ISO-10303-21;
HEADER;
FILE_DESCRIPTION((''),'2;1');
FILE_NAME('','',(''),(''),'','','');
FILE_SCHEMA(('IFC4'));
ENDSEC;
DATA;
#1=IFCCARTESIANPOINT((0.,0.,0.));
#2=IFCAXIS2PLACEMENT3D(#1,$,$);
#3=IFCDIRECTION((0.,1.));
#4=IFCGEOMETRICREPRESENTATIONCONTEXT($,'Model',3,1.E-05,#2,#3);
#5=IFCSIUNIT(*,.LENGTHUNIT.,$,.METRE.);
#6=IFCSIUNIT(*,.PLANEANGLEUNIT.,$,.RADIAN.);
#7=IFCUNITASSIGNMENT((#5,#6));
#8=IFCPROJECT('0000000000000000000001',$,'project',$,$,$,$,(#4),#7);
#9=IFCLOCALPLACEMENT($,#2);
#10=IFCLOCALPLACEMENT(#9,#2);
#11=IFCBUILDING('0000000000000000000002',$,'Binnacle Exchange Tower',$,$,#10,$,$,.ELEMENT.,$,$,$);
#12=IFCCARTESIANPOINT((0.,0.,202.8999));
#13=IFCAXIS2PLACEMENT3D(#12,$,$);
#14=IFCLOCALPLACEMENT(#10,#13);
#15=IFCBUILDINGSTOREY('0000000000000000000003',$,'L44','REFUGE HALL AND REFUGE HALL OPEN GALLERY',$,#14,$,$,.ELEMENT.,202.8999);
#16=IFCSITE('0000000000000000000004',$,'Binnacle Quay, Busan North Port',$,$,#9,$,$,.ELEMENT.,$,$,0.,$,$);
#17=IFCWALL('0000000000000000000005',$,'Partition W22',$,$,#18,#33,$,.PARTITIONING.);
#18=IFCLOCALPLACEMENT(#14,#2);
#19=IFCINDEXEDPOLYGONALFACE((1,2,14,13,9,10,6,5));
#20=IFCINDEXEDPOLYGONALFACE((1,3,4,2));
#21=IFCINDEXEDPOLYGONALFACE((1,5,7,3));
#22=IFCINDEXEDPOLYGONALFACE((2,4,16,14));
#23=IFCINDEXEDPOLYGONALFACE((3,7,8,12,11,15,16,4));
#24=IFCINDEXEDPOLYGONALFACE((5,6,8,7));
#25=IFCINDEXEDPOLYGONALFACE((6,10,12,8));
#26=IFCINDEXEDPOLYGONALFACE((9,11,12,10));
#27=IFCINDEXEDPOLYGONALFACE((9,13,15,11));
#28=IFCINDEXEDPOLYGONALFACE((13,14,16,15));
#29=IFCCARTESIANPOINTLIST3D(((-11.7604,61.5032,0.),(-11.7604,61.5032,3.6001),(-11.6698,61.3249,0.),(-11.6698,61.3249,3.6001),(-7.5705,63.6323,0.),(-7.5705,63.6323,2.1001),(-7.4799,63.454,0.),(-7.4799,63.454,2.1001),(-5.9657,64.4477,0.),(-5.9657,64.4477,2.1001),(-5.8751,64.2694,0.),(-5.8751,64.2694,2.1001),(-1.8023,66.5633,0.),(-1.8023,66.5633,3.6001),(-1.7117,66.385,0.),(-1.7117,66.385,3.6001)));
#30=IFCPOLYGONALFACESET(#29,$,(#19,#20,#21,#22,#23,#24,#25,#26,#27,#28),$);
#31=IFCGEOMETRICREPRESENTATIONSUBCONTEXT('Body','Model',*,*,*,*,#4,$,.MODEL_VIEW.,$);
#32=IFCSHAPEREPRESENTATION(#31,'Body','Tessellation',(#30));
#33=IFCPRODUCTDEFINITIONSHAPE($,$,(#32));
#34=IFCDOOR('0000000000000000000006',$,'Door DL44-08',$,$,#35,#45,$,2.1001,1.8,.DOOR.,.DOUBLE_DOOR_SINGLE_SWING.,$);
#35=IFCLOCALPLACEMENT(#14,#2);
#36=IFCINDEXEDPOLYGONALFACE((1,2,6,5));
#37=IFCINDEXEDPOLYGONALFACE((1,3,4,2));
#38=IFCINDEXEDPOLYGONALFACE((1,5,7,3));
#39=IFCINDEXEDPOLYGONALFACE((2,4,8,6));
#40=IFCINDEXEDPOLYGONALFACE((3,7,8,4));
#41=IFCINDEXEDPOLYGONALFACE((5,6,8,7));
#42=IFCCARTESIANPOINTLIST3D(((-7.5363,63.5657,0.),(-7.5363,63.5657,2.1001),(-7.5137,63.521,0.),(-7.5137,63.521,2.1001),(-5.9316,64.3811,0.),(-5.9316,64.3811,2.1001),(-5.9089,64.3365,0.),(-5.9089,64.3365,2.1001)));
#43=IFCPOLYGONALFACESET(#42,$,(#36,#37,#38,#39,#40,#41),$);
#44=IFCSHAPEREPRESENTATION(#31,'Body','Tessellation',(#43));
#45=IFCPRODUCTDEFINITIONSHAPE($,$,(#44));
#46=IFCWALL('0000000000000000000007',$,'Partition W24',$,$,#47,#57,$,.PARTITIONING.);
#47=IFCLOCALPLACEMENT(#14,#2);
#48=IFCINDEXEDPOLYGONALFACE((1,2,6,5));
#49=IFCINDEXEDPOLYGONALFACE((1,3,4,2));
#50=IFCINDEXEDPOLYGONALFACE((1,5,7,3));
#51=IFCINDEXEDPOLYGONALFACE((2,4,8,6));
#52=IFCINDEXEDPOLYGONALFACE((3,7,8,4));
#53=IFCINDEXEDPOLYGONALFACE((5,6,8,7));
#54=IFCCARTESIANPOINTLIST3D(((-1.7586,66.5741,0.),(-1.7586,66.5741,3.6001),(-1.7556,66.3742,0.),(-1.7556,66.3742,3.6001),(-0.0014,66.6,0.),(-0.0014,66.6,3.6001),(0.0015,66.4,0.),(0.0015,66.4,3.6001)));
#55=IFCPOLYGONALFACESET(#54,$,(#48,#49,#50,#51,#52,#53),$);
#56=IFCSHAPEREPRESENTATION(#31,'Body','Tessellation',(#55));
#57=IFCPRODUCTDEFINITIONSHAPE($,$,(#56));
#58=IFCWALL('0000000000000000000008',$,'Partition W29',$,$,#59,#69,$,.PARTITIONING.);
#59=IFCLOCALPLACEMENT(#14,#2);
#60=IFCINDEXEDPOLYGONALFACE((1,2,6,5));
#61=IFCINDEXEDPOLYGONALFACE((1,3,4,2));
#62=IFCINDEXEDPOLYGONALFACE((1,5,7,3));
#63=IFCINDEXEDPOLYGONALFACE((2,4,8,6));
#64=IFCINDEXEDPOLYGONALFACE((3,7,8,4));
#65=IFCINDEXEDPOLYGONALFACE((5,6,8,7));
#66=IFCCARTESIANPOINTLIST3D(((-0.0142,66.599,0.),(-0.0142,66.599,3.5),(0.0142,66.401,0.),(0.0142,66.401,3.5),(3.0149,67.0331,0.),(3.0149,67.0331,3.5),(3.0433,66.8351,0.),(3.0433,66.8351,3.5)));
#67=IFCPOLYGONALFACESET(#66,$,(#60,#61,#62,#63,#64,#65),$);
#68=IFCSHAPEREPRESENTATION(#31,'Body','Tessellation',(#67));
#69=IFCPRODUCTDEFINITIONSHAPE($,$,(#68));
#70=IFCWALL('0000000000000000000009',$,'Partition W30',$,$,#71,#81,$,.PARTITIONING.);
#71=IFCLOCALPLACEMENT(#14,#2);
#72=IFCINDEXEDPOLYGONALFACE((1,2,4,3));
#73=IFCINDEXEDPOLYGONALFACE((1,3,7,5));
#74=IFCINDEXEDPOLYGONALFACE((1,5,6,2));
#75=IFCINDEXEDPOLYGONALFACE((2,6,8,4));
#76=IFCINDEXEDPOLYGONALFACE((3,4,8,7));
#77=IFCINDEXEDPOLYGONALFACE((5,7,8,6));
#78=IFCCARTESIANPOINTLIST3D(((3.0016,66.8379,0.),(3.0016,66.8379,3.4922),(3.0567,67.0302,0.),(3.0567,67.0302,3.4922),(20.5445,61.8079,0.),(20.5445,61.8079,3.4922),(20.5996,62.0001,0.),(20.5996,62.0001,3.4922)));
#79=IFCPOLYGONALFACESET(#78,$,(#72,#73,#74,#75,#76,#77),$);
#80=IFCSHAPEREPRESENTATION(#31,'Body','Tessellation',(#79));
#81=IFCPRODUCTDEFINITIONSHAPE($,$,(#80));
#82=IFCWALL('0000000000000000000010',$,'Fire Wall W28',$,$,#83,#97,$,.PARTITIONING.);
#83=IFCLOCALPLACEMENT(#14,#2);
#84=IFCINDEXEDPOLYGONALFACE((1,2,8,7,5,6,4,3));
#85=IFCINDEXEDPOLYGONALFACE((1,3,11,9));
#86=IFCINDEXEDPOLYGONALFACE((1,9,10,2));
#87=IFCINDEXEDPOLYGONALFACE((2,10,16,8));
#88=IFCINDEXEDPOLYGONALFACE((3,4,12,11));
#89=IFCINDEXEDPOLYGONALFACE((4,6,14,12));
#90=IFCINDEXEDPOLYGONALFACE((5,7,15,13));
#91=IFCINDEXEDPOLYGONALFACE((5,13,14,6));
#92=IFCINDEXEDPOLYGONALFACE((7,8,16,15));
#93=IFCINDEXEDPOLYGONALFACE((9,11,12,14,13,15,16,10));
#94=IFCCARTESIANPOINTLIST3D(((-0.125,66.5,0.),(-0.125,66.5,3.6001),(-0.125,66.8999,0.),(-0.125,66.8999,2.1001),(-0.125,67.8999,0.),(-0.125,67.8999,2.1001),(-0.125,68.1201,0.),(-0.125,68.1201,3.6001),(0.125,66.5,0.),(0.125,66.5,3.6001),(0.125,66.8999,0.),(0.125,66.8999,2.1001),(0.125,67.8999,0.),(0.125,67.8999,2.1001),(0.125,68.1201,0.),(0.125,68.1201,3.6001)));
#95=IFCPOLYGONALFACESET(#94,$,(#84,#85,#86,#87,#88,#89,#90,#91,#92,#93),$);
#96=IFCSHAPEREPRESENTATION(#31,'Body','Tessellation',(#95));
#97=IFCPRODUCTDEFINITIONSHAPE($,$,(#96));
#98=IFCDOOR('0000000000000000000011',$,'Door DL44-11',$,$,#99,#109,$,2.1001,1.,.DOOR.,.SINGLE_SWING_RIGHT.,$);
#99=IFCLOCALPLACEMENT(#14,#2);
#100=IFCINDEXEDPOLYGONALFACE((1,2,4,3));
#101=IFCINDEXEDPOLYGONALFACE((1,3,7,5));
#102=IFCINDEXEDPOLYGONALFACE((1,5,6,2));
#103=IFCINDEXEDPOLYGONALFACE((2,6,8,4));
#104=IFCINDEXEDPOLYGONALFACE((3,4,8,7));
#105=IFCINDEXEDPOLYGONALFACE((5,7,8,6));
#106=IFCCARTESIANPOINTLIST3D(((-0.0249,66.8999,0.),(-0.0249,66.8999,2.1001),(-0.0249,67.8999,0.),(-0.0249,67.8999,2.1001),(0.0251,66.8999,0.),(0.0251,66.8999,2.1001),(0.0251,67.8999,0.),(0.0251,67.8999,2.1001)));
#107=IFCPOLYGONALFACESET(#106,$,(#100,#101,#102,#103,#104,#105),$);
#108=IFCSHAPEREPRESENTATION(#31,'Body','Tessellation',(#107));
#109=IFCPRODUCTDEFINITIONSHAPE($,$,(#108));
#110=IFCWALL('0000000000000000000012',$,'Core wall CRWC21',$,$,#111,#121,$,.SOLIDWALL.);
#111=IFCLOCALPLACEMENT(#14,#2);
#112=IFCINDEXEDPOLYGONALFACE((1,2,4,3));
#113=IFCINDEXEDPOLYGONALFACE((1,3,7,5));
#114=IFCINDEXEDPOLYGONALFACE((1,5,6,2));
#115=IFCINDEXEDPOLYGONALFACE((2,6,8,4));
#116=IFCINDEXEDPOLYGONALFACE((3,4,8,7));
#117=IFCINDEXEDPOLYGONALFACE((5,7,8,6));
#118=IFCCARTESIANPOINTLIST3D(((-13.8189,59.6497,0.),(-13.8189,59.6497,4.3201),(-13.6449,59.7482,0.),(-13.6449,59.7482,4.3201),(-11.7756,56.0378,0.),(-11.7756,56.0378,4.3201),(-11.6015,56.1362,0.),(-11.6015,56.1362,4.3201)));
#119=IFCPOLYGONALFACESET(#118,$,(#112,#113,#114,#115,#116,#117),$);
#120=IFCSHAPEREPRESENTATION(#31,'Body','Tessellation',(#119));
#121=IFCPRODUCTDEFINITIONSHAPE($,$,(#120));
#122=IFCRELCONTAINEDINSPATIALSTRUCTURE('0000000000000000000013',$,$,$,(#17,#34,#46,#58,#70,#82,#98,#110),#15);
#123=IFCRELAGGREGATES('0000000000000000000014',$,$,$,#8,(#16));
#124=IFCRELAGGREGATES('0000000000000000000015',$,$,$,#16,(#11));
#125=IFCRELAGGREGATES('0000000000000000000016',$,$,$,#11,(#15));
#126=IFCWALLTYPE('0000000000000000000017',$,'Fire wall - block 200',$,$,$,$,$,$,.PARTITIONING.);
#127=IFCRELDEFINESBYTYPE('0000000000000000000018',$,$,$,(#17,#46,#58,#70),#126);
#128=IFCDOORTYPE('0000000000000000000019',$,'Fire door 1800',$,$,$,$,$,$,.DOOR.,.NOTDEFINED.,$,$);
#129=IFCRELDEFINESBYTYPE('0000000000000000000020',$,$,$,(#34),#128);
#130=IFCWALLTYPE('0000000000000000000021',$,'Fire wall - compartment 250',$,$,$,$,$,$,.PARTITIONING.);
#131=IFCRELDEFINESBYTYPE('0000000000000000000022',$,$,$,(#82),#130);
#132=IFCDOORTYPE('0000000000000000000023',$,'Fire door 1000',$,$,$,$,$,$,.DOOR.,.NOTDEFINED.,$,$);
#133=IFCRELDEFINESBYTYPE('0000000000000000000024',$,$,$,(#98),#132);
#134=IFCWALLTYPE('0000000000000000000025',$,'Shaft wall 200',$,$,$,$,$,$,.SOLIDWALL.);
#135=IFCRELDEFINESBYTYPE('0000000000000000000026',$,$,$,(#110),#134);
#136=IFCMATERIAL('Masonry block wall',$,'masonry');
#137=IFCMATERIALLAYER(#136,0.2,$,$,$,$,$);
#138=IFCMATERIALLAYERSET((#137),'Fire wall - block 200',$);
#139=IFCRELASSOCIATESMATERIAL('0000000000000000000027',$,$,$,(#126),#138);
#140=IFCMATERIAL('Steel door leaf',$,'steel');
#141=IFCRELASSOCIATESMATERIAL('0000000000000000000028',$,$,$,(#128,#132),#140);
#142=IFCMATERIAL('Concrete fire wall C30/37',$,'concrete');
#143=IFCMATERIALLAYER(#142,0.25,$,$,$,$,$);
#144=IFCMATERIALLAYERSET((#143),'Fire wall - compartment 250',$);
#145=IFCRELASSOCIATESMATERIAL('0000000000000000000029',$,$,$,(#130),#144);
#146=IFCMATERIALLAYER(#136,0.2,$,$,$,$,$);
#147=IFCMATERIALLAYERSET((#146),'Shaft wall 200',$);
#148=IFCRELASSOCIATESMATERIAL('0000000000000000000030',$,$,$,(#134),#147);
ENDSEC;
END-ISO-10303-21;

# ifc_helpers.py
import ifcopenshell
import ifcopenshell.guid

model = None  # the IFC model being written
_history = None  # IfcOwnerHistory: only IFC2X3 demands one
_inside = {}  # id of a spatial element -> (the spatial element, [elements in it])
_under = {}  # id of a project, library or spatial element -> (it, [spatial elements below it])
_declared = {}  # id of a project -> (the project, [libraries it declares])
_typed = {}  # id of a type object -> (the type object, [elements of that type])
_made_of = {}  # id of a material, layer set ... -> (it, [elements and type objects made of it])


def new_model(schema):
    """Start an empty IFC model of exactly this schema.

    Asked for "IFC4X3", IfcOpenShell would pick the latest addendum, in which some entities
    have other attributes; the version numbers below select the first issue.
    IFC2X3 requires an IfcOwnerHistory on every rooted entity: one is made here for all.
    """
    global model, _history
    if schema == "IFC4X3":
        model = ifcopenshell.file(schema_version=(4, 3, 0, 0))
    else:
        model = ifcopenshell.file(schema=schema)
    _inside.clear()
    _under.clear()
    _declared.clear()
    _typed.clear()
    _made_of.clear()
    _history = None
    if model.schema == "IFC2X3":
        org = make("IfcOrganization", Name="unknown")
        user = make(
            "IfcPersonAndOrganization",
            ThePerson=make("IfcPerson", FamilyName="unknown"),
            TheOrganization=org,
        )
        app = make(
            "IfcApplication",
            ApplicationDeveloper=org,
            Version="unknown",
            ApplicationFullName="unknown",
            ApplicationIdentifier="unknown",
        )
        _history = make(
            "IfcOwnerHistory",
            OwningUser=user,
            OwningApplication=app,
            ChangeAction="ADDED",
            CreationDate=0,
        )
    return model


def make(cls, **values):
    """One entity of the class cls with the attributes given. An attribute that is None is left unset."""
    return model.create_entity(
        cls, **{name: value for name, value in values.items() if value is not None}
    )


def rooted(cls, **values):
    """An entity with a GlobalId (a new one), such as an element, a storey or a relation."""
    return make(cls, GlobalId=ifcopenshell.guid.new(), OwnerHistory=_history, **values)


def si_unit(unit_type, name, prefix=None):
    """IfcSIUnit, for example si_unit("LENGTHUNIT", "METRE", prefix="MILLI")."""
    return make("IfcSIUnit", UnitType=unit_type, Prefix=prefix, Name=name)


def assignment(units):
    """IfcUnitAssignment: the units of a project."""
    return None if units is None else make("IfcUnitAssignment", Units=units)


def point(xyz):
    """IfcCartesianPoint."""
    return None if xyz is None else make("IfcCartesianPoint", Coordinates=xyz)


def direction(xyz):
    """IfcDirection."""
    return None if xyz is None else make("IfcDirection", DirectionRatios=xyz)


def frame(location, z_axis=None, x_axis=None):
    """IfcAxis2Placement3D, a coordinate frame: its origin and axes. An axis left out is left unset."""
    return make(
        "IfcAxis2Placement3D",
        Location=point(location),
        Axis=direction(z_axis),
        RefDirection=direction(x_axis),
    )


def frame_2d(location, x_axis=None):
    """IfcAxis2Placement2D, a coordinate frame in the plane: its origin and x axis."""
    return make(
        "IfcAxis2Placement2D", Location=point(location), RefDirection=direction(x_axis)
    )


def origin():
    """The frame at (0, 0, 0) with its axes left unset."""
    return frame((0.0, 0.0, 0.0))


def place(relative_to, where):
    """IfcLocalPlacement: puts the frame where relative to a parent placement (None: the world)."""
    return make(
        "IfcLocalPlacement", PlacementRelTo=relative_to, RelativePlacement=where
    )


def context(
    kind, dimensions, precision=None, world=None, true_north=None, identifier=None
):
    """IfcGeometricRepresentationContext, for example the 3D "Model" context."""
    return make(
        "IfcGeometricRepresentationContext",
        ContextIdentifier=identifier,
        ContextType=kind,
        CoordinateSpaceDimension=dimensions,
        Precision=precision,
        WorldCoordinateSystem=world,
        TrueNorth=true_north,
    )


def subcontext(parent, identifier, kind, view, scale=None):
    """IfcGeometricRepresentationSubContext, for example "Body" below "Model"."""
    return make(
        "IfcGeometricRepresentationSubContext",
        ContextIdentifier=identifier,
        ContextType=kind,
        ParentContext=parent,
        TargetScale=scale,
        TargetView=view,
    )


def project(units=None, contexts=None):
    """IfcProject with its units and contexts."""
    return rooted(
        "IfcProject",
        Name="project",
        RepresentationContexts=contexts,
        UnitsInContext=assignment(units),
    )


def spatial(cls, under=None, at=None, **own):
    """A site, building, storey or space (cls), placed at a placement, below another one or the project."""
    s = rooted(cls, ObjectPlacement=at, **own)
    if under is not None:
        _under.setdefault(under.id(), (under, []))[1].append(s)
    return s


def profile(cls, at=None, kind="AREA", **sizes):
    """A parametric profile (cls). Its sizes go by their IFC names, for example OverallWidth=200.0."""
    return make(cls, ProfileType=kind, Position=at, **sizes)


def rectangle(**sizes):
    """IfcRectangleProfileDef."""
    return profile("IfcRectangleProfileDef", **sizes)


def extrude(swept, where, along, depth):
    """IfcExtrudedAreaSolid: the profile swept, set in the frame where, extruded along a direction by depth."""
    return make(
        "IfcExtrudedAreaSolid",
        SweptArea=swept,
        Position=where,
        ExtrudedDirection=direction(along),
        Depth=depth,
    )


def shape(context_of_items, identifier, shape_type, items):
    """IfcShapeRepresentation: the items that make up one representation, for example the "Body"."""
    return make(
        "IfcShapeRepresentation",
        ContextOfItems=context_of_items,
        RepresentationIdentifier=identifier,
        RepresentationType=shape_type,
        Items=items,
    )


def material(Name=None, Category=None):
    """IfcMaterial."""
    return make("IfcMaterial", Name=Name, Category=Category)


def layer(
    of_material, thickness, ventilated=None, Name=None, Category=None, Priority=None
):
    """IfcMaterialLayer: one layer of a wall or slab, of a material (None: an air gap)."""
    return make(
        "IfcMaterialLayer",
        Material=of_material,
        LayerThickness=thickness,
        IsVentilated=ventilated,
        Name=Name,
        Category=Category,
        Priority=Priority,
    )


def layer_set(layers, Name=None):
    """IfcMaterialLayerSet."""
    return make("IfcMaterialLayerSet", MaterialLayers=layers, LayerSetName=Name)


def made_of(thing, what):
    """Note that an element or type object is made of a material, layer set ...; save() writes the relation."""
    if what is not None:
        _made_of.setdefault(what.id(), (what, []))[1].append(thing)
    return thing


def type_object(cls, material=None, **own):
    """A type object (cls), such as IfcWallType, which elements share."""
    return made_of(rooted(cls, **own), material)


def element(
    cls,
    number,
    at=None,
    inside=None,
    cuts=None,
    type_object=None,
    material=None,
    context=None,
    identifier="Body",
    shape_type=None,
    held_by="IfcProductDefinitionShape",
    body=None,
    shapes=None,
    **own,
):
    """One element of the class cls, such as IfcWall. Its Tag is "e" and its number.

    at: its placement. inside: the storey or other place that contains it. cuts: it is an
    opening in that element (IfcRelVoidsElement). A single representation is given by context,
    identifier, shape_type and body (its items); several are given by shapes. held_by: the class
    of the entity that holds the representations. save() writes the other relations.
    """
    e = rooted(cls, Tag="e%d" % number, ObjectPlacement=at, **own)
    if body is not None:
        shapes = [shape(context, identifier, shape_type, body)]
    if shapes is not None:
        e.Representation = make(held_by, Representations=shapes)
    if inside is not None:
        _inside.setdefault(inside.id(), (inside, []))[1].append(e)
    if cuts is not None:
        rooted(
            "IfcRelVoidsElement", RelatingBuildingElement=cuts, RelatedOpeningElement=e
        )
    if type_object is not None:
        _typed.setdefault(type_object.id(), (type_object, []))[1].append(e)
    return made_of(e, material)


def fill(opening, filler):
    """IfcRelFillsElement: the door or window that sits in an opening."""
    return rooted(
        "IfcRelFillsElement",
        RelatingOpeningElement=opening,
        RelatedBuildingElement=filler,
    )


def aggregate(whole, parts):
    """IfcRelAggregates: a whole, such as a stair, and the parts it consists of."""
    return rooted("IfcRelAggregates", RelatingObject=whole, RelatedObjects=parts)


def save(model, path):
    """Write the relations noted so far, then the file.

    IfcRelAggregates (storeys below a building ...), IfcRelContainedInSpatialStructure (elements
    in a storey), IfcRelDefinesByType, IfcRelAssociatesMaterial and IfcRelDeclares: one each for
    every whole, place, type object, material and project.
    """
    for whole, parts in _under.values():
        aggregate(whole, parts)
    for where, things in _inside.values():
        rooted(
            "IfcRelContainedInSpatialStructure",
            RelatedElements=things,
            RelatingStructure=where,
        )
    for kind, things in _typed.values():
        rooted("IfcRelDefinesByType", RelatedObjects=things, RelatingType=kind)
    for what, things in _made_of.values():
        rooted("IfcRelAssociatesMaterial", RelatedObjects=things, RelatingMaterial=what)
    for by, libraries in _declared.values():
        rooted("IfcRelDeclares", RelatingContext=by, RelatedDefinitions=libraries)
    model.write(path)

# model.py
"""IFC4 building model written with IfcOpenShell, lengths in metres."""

from ifc_helpers import new_model, si_unit, direction, frame, frame_2d, origin, place, context, subcontext, project, spatial, rectangle, extrude, material, layer, layer_set, type_object, element, fill, save


model = new_model("IFC4")

# Units and contexts
model_context = context("Model", 3, precision=1e-05, world=origin(), true_north=direction((0.0, 1.0)))
body_context = subcontext(model_context, "Body", "Model", "MODEL_VIEW")
ifc_project = project(units=[si_unit("LENGTHUNIT", "METRE"), si_unit("PLANEANGLEUNIT", "RADIAN")], contexts=[model_context])

# Site, building, storey
site_placement = place(None, origin())
site = spatial("IfcSite", under=ifc_project, at=site_placement, Name="Binnacle Quay, Busan North Port", CompositionType="ELEMENT", RefElevation=0.0)
building_placement = place(site_placement, origin())
building = spatial("IfcBuilding", under=site, at=building_placement, Name="Binnacle Exchange Tower", CompositionType="ELEMENT")
storey_placement = place(building_placement, frame((0.0, 0.0, 202.8999)))
storey = spatial("IfcBuildingStorey", under=building, at=storey_placement, Name="L44", Description="REFUGE HALL AND REFUGE HALL OPEN GALLERY", CompositionType="ELEMENT", Elevation=202.8999)

# Wall, opening, door
ifc_material_1 = material(Name="Masonry block wall", Category="masonry")
ifc_layer_1 = layer(ifc_material_1, 0.2)
ifc_layer_set_1 = layer_set([ifc_layer_1], Name="Fire wall - block 200")
wall_type_1 = type_object("IfcWallType", Name="Fire wall - block 200", PredefinedType="PARTITIONING", material=ifc_layer_set_1)
wall_1_placement = place(storey_placement, frame((-11.7151, 61.4141, 0.0), z_axis=(0.0, 0.0, 1.0), x_axis=(0.891506, 0.453009, 0.0)))
wall_1 = element("IfcWall", 1, at=wall_1_placement, inside=storey, type_object=wall_type_1, Name="Partition W22", PredefinedType="PARTITIONING", context=body_context, shape_type="SweptSolid", body=[
    extrude(rectangle(XDim=11.1699, YDim=0.2, at=frame_2d((5.585, 0.0))), origin(), (0.0, 0.0, 1.0), 3.6001),
])
opening_1_placement = place(wall_1_placement, frame((4.7, 0.0, 0.0)))
opening_1 = element("IfcOpeningElement", 2, at=opening_1_placement, cuts=wall_1, PredefinedType="OPENING", context=body_context, shape_type="SweptSolid", body=[
    extrude(rectangle(XDim=1.8, YDim=2.1001, at=frame_2d((0.8999, 1.05))), frame((0.0, 0.1099, 0.0), z_axis=(0.0, -1.0, 0.0), x_axis=(1.0, 0.0, 0.0)), (0.0, 0.0, 1.0), 0.22),
])
ifc_material_2 = material(Name="Steel door leaf", Category="steel")
door_type_1 = type_object("IfcDoorType", Name="Fire door 1800", OperationType="NOTDEFINED", PredefinedType="DOOR", material=ifc_material_2)
door_1_placement = place(opening_1_placement, frame((1.8, 0.0, 0.0), z_axis=(0.0, 0.0, 1.0), x_axis=(-1.0, 0.0, 0.0)))
door_1 = element("IfcDoor", 3, at=door_1_placement, inside=storey, type_object=door_type_1, Name="Door DL44-08", OperationType="DOUBLE_DOOR_SINGLE_SWING", OverallHeight=2.1001, OverallWidth=1.8, PredefinedType="DOOR", context=body_context, shape_type="SweptSolid", body=[
    extrude(rectangle(XDim=1.8, YDim=2.1001, at=frame_2d((0.8999, 1.05))), frame((0.0, 0.0249, 0.0), z_axis=(0.0, -1.0, 0.0), x_axis=(1.0, 0.0, 0.0)), (0.0, 0.0, 1.0), 0.05),
])
fill(opening_1, door_1)

# Walls
wall_2_placement = place(storey_placement, frame((-1.7571, 66.4741, 0.0), z_axis=(0.0, 0.0, 1.0), x_axis=(0.999892, 0.014727, 0.0)))
element("IfcWall", 4, at=wall_2_placement, inside=storey, type_object=wall_type_1, Name="Partition W24", PredefinedType="PARTITIONING", context=body_context, shape_type="SweptSolid", body=[
    extrude(rectangle(XDim=1.7573, YDim=0.2, at=frame_2d((0.8787, 0.0))), origin(), (0.0, 0.0, 1.0), 3.6001),
])
wall_3_placement = place(storey_placement, frame((0.0, 66.5, 0.0), z_axis=(0.0, 0.0, 1.0), x_axis=(0.989887, 0.141857, 0.0)))
element("IfcWall", 5, at=wall_3_placement, inside=storey, type_object=wall_type_1, Name="Partition W29", PredefinedType="PARTITIONING", context=body_context, shape_type="SweptSolid", body=[
    extrude(rectangle(XDim=3.0601, YDim=0.2, at=frame_2d((1.53, 0.0))), origin(), (0.0, 0.0, 1.0), 3.5),
])
wall_4_placement = place(storey_placement, frame((3.0291, 66.9341, 0.0), z_axis=(0.0, 0.0, 1.0), x_axis=(0.961267, -0.27562, 0.0)))
element("IfcWall", 6, at=wall_4_placement, inside=storey, type_object=wall_type_1, Name="Partition W30", PredefinedType="PARTITIONING", context=body_context, shape_type="SweptSolid", body=[
    extrude(rectangle(XDim=18.2498, YDim=0.2, at=frame_2d((9.125, 0.0))), origin(), (0.0, 0.0, 1.0), 3.4922),
])

# Wall, opening, door
ifc_material_3 = material(Name="Concrete fire wall C30/37", Category="concrete")
ifc_layer_2 = layer(ifc_material_3, 0.25)
ifc_layer_set_2 = layer_set([ifc_layer_2], Name="Fire wall - compartment 250")
wall_type_2 = type_object("IfcWallType", Name="Fire wall - compartment 250", PredefinedType="PARTITIONING", material=ifc_layer_set_2)
wall_5_placement = place(storey_placement, frame((0.0, 66.5, 0.0), z_axis=(0.0, 0.0, 1.0), x_axis=(0.0, 1.0, 0.0)))
wall_5 = element("IfcWall", 7, at=wall_5_placement, inside=storey, type_object=wall_type_2, Name="Fire Wall W28", PredefinedType="PARTITIONING", context=body_context, shape_type="SweptSolid", body=[
    extrude(rectangle(XDim=1.6201, YDim=0.25, at=frame_2d((0.8101, 0.0))), origin(), (0.0, 0.0, 1.0), 3.6001),
])
opening_2_placement = place(wall_5_placement, frame((0.3999, 0.0, 0.0)))
opening_2 = element("IfcOpeningElement", 8, at=opening_2_placement, cuts=wall_5, PredefinedType="OPENING", context=body_context, shape_type="SweptSolid", body=[
    extrude(rectangle(XDim=1.0, YDim=2.1001, at=frame_2d((0.5, 1.05))), frame((0.0, 0.135, 0.0), z_axis=(0.0, -1.0, 0.0), x_axis=(1.0, 0.0, 0.0)), (0.0, 0.0, 1.0), 0.27),
])
door_type_2 = type_object("IfcDoorType", Name="Fire door 1000", OperationType="NOTDEFINED", PredefinedType="DOOR", material=ifc_material_2)
door_2_placement = place(opening_2_placement, origin())
door_2 = element("IfcDoor", 9, at=door_2_placement, inside=storey, type_object=door_type_2, Name="Door DL44-11", OperationType="SINGLE_SWING_RIGHT", OverallHeight=2.1001, OverallWidth=1.0, PredefinedType="DOOR", context=body_context, shape_type="SweptSolid", body=[
    extrude(rectangle(XDim=1.0, YDim=2.1001, at=frame_2d((0.5, 1.05))), frame((0.0, 0.0249, 0.0), z_axis=(0.0, -1.0, 0.0), x_axis=(1.0, 0.0, 0.0)), (0.0, 0.0, 1.0), 0.05),
])
fill(opening_2, door_2)

# Wall
ifc_layer_3 = layer(ifc_material_1, 0.2)
ifc_layer_set_3 = layer_set([ifc_layer_3], Name="Shaft wall 200")
wall_type_3 = type_object("IfcWallType", Name="Shaft wall 200", PredefinedType="SOLIDWALL", material=ifc_layer_set_3)
wall_6_placement = place(storey_placement, frame((-13.7319, 59.699, 0.0), z_axis=(0.0, 0.0, 1.0), x_axis=(0.492396, -0.870371, 0.0)))
element("IfcWall", 10, at=wall_6_placement, inside=storey, type_object=wall_type_3, Name="Core wall CRWC21", PredefinedType="SOLIDWALL", context=body_context, shape_type="SweptSolid", body=[
    extrude(rectangle(XDim=4.1499, YDim=0.2, at=frame_2d((2.075, 0.0))), origin(), (0.0, 0.0, 1.0), 4.3201),
])

save(model, "model.ifc")
